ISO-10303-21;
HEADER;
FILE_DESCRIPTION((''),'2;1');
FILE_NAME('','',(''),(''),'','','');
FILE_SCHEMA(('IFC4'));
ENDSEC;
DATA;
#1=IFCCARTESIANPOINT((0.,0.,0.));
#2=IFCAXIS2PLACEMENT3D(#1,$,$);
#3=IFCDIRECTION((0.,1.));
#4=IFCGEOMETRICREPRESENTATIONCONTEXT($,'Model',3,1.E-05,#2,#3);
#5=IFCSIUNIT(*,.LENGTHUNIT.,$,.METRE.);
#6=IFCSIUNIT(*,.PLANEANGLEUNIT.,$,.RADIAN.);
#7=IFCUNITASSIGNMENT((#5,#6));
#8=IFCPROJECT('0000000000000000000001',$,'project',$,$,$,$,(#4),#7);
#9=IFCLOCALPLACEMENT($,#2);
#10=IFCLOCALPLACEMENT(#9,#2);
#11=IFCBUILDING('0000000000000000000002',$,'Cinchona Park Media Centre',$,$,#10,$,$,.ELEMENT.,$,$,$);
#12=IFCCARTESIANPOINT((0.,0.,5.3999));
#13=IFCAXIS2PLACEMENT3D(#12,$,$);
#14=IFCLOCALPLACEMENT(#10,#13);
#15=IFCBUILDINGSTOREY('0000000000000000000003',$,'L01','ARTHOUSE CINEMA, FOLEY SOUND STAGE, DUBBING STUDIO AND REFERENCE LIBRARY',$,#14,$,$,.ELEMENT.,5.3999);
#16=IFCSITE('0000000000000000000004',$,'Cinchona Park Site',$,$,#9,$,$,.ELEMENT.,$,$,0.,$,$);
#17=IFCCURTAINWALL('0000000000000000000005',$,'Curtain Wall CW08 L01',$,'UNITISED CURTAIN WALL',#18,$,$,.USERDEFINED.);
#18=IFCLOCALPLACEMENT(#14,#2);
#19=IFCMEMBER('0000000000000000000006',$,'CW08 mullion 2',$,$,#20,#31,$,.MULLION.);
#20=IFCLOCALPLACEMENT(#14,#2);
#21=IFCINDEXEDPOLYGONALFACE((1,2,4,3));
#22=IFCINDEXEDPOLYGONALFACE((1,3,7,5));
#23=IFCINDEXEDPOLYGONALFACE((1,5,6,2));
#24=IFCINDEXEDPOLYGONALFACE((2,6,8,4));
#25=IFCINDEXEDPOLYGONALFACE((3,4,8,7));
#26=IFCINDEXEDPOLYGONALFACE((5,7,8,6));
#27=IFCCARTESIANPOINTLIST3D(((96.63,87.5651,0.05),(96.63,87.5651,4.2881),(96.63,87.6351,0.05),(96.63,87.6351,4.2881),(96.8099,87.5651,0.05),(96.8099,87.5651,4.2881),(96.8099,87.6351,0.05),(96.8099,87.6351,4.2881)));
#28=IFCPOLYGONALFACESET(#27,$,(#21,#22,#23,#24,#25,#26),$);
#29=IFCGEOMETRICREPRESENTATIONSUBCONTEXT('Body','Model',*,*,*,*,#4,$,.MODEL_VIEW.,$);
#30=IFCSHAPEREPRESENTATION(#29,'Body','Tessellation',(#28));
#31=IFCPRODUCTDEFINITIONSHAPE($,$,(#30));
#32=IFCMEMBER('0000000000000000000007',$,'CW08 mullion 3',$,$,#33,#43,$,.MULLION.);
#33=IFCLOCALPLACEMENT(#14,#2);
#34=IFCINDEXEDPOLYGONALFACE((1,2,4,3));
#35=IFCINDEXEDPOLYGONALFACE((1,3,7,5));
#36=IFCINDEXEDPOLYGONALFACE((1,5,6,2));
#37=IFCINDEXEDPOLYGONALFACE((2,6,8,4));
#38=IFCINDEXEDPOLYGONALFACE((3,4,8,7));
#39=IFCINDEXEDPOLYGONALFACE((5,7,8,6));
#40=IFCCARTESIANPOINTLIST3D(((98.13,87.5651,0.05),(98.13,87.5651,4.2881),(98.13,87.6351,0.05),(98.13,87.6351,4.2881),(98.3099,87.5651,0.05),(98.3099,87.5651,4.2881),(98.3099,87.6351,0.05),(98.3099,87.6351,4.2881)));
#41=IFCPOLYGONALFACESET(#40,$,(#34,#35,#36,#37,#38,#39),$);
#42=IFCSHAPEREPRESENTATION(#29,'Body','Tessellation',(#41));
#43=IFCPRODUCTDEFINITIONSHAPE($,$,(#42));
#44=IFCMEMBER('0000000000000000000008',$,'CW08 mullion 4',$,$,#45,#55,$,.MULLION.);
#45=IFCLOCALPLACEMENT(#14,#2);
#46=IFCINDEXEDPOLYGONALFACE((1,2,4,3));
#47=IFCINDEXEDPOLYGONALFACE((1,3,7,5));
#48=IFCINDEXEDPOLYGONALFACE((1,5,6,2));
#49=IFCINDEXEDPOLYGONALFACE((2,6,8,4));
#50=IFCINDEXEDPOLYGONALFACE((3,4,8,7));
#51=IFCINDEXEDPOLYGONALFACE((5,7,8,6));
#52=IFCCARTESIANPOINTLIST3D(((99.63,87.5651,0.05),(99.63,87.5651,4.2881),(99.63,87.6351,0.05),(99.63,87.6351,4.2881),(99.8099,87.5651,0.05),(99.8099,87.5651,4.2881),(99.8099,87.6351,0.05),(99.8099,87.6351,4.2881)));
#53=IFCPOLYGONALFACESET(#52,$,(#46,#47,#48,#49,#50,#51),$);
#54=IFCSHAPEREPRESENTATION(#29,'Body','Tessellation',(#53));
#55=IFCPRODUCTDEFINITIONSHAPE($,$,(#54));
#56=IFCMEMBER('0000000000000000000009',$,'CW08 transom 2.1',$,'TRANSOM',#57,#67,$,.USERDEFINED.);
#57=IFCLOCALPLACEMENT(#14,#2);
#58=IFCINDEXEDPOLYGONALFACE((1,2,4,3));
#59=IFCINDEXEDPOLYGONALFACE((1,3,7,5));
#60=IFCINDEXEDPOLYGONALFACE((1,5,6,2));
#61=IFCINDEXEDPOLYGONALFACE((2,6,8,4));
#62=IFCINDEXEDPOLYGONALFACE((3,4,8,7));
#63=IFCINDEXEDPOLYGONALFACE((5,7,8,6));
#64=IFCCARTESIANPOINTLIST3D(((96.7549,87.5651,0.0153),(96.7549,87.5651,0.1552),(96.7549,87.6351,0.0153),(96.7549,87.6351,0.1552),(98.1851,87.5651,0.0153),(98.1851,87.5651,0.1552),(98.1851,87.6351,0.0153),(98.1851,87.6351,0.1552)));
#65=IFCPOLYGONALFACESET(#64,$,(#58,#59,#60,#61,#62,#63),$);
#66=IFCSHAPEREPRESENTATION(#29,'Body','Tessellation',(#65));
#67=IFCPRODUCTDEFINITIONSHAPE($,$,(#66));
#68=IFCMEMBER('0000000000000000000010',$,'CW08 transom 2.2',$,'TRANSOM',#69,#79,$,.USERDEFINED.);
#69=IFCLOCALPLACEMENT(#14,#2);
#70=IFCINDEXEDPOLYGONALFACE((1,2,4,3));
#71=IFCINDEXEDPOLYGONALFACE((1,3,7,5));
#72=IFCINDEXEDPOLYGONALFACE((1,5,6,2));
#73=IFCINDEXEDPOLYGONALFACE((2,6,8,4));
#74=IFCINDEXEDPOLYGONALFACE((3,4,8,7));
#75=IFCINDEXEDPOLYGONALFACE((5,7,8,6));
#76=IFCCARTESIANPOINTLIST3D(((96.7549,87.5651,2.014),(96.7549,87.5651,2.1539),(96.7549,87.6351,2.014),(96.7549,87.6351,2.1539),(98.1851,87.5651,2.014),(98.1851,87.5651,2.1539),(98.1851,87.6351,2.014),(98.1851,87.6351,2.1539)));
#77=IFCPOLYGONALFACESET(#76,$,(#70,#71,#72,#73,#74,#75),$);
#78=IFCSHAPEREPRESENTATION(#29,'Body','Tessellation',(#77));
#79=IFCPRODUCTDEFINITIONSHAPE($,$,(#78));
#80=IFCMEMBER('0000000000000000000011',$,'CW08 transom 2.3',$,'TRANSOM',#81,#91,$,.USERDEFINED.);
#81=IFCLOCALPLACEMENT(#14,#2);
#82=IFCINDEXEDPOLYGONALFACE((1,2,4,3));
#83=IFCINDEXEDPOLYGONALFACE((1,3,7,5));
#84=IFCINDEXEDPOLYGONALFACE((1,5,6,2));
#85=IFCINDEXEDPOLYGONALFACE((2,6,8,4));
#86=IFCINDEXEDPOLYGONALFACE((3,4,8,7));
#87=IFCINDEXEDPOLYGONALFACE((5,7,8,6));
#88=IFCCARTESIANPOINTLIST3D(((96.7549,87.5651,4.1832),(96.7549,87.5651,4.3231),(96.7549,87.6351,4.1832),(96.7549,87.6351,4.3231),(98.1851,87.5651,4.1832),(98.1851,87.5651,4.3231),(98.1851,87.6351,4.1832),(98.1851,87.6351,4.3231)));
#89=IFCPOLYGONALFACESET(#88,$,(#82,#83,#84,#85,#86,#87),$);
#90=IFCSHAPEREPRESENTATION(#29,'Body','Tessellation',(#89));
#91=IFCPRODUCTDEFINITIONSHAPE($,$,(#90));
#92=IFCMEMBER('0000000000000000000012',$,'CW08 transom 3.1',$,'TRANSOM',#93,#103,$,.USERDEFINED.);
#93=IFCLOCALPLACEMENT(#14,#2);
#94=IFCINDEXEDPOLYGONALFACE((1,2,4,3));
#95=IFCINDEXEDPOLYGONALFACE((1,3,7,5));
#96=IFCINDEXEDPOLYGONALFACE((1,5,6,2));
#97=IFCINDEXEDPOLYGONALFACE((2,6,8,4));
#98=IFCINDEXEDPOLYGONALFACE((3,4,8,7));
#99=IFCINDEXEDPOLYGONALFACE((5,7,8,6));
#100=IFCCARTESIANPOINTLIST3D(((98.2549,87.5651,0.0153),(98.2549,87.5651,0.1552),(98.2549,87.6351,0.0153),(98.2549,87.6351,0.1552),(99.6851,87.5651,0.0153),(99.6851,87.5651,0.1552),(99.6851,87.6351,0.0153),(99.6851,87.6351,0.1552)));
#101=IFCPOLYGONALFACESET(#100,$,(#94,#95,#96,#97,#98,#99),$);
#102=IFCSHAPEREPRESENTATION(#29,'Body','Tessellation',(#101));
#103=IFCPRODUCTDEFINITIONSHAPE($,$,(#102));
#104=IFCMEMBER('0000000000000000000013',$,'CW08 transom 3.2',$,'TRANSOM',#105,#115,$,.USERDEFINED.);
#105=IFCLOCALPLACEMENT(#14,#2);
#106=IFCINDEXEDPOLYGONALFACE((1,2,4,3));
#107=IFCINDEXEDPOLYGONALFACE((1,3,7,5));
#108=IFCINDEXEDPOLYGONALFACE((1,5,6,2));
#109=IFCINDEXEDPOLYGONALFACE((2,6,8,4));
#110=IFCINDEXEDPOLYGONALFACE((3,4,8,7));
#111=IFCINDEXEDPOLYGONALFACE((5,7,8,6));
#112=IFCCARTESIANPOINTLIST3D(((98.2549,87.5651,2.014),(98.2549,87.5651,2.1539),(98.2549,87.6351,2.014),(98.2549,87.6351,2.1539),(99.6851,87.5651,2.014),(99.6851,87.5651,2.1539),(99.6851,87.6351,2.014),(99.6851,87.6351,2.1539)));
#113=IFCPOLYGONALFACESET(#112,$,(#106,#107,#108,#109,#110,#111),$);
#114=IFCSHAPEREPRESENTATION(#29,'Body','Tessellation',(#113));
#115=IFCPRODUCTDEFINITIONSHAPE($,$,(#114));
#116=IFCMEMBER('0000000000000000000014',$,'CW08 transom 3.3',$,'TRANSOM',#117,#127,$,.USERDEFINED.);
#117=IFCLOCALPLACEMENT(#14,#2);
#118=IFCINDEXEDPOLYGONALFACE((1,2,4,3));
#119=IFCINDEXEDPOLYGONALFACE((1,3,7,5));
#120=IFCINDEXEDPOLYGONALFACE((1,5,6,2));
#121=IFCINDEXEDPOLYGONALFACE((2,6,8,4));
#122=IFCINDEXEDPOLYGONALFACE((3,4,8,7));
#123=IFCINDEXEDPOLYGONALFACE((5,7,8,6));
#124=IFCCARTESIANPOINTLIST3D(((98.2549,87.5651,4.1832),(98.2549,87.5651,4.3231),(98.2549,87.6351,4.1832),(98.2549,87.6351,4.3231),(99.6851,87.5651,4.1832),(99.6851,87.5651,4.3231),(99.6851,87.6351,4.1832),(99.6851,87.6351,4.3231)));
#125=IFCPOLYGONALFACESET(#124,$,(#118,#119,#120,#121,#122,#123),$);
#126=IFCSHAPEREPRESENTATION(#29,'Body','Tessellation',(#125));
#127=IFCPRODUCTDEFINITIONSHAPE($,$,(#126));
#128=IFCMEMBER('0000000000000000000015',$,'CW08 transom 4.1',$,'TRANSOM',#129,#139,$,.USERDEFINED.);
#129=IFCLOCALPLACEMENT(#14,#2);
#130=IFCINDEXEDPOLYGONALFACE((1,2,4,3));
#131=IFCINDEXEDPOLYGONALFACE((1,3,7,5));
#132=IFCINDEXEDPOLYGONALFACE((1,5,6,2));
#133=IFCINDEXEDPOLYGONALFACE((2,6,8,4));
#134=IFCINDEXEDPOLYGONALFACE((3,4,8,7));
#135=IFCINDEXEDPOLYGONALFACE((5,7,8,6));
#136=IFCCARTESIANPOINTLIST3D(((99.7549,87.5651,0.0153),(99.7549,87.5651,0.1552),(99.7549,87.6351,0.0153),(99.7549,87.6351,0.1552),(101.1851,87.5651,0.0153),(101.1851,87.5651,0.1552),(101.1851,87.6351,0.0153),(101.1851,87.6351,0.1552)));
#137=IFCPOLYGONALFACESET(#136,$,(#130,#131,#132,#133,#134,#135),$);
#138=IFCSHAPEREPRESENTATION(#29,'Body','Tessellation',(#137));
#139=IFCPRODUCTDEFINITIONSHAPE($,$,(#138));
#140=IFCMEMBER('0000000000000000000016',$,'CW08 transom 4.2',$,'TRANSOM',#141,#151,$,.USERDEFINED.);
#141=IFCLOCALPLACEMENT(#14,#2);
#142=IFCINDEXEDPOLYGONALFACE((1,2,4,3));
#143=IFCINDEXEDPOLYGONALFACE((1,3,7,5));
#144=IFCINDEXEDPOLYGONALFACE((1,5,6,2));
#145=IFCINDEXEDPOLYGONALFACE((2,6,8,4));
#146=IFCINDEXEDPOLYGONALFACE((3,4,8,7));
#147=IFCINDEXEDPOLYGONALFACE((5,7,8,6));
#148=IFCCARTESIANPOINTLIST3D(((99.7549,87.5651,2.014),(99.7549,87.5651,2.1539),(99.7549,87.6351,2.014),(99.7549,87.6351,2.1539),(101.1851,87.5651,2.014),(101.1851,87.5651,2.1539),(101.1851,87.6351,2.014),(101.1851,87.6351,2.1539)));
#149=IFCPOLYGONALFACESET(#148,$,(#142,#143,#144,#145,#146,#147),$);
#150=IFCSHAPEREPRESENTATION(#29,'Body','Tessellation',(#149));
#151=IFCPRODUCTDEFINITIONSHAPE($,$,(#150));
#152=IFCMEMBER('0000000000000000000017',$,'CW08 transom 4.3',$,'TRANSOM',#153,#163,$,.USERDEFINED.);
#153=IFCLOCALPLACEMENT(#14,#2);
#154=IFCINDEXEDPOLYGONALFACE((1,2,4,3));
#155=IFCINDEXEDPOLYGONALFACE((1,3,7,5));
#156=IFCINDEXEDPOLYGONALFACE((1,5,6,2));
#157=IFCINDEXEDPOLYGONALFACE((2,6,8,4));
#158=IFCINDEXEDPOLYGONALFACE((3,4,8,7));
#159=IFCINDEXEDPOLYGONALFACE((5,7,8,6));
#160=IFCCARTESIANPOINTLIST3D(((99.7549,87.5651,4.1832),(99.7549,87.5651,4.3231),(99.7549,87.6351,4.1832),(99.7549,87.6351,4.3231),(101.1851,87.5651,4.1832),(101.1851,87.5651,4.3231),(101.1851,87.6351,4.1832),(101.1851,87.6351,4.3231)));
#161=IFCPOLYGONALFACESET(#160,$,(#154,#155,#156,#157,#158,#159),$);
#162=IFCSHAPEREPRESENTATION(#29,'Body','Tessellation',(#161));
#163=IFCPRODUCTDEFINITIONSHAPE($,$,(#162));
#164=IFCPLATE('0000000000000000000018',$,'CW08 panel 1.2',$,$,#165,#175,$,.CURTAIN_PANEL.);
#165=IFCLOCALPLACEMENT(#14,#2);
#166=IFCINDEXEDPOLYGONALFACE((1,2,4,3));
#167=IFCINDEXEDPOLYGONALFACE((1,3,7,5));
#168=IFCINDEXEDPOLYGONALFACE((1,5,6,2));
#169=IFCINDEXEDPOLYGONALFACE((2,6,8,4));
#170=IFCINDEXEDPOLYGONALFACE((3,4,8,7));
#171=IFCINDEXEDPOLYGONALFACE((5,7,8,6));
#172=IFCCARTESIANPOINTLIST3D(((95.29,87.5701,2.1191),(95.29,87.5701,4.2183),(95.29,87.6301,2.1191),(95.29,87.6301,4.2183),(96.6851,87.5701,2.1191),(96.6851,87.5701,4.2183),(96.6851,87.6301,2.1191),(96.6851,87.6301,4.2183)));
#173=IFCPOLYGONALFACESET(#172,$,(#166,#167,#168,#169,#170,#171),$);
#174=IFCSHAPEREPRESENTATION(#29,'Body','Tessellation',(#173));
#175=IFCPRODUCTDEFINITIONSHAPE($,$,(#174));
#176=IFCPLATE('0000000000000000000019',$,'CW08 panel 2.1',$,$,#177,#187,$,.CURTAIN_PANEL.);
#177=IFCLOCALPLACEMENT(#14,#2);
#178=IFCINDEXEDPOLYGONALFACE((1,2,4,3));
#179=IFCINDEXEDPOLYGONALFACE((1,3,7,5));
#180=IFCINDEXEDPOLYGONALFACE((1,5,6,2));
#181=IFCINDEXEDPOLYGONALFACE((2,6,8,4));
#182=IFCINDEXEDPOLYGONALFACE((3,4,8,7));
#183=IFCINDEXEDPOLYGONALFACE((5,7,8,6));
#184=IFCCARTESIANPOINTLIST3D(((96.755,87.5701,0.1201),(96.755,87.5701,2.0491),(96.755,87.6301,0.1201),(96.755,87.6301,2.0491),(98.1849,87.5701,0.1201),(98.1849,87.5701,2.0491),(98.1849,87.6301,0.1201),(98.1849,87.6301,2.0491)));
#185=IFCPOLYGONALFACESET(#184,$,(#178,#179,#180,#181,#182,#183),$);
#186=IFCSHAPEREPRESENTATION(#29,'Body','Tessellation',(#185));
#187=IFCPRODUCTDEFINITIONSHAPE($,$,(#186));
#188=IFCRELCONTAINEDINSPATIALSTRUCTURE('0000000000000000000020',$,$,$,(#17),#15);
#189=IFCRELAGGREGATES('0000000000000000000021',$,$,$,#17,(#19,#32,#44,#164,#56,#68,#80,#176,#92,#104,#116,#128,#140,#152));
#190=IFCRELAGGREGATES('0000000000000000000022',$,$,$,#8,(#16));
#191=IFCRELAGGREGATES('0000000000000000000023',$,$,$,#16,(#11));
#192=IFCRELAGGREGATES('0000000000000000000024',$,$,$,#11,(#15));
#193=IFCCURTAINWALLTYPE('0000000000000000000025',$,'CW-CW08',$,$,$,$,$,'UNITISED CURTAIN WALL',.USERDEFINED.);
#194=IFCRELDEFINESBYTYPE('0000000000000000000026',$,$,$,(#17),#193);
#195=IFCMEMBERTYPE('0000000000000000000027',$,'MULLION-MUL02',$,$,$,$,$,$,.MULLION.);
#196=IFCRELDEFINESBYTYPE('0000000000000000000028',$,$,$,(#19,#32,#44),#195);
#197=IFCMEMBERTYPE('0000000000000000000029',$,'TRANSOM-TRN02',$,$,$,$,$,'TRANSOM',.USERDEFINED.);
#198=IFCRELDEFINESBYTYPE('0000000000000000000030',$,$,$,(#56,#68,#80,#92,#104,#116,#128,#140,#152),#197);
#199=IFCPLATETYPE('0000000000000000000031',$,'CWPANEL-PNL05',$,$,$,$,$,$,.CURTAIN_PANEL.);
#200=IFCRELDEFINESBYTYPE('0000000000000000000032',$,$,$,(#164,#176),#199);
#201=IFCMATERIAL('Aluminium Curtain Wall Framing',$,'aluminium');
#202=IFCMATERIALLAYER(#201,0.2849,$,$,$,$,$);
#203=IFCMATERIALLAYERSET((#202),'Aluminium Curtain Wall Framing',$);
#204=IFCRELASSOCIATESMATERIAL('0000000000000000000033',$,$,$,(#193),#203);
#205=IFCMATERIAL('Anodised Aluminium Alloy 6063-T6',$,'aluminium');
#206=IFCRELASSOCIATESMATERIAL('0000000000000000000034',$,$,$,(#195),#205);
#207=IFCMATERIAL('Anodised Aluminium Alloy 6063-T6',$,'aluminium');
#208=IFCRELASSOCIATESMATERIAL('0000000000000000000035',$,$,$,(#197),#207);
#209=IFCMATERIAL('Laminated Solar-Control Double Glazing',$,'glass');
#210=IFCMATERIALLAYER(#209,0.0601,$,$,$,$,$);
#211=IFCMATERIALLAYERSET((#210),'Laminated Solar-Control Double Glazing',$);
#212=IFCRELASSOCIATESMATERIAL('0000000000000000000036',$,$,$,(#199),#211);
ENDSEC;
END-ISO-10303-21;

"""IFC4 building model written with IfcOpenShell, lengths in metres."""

from ifc_helpers import new_model, si_unit, direction, frame, origin, origin_2d, place, context, subcontext, project, spatial, rectangle, extrude, material, layer, layer_set, material_profile, profile_set, type_object, element, aggregate, save


model = new_model("IFC4")

# Units and contexts
model_context = context("Model", 3, precision=1e-05, world=origin(), true_north=direction((0.0, 1.0)))
body_context = subcontext(model_context, "Body", "Model", "MODEL_VIEW")
ifc_project = project(units=[si_unit("LENGTHUNIT", "METRE"), si_unit("PLANEANGLEUNIT", "RADIAN")], contexts=[model_context])

# Site, building, storey
site_placement = place(None, origin())
site = spatial("IfcSite", under=ifc_project, at=site_placement, Name="Cinchona Park Site", CompositionType="ELEMENT", RefElevation=0.0)
building_placement = place(site_placement, origin())
building = spatial("IfcBuilding", under=site, at=building_placement, Name="Cinchona Park Media Centre", CompositionType="ELEMENT")
storey_placement = place(building_placement, frame((0.0, 0.0, 5.3999)))
storey = spatial("IfcBuildingStorey", under=building, at=storey_placement, Name="L01", Description="ARTHOUSE CINEMA, FOLEY SOUND STAGE, DUBBING STUDIO AND REFERENCE LIBRARY", CompositionType="ELEMENT", Elevation=5.3999)

# Curtain wall, members, plates
ifc_material_1 = material(Name="Aluminium Curtain Wall Framing", Category="aluminium")
ifc_layer_1 = layer(ifc_material_1, 0.2849)
ifc_layer_set_1 = layer_set([ifc_layer_1], Name="Aluminium Curtain Wall Framing")
curtain_wall_type = type_object("IfcCurtainWallType", Name="CW-CW08", ElementType="UNITISED CURTAIN WALL", PredefinedType="USERDEFINED", material=ifc_layer_set_1)
curtain_wall_placement = place(storey_placement, origin())
curtain_wall = element("IfcCurtainWall", 1, at=curtain_wall_placement, inside=storey, type_object=curtain_wall_type, Name="Curtain Wall CW08 L01", ObjectType="UNITISED CURTAIN WALL", PredefinedType="USERDEFINED")
ifc_material_2 = material(Name="Anodised Aluminium Alloy 6063-T6", Category="aluminium")
ifc_material_profile_1 = material_profile(ifc_material_2, rectangle(XDim=0.0701, YDim=0.1799, at=origin_2d()), Name="MUL-70X180")
ifc_profile_set_1 = profile_set([ifc_material_profile_1], Name="Anodised Aluminium Alloy 6063-T6")
member_type_1 = type_object("IfcMemberType", Name="MULLION-MUL02", PredefinedType="MULLION", material=ifc_profile_set_1)
member_1_placement = place(storey_placement, frame((96.72, 87.6001, 0.05), z_axis=(0.0, 0.0, 1.0), x_axis=(0.0, 1.0, 0.0)))
member_1 = element("IfcMember", 2, at=member_1_placement, type_object=member_type_1, Name="CW08 mullion 2", PredefinedType="MULLION", context=body_context, shape_type="SweptSolid", body=[
    extrude(rectangle(XDim=0.0701, YDim=0.1799, at=origin_2d()), origin(), (0.0, 0.0, 1.0), 4.238),
])
member_2_placement = place(storey_placement, frame((98.22, 87.6001, 0.05), z_axis=(0.0, 0.0, 1.0), x_axis=(0.0, 1.0, 0.0)))
member_2 = element("IfcMember", 3, at=member_2_placement, type_object=member_type_1, Name="CW08 mullion 3", PredefinedType="MULLION", context=body_context, shape_type="SweptSolid", body=[
    extrude(rectangle(XDim=0.0701, YDim=0.1799, at=origin_2d()), origin(), (0.0, 0.0, 1.0), 4.238),
])
member_3_placement = place(storey_placement, frame((99.72, 87.6001, 0.05), z_axis=(0.0, 0.0, 1.0), x_axis=(0.0, 1.0, 0.0)))
member_3 = element("IfcMember", 4, at=member_3_placement, type_object=member_type_1, Name="CW08 mullion 4", PredefinedType="MULLION", context=body_context, shape_type="SweptSolid", body=[
    extrude(rectangle(XDim=0.0701, YDim=0.1799, at=origin_2d()), origin(), (0.0, 0.0, 1.0), 4.238),
])
ifc_material_3 = material(Name="Anodised Aluminium Alloy 6063-T6", Category="aluminium")
ifc_material_profile_2 = material_profile(ifc_material_3, rectangle(XDim=0.0701, YDim=0.1399, at=origin_2d()), Name="TRN-70X140")
ifc_profile_set_2 = profile_set([ifc_material_profile_2], Name="Anodised Aluminium Alloy 6063-T6")
member_type_2 = type_object("IfcMemberType", Name="TRANSOM-TRN02", ElementType="TRANSOM", PredefinedType="USERDEFINED", material=ifc_profile_set_2)
member_4_placement = place(storey_placement, frame((96.7549, 87.6001, 0.0852), z_axis=(1.0, 0.0, 0.0), x_axis=(0.0, 1.0, 0.0)))
member_4 = element("IfcMember", 5, at=member_4_placement, type_object=member_type_2, Name="CW08 transom 2.1", ObjectType="TRANSOM", PredefinedType="USERDEFINED", context=body_context, shape_type="SweptSolid", body=[
    extrude(rectangle(XDim=0.0701, YDim=0.1399, at=origin_2d()), origin(), (0.0, 0.0, 1.0), 1.4302),
])
member_5_placement = place(storey_placement, frame((96.7549, 87.6001, 2.084), z_axis=(1.0, 0.0, 0.0), x_axis=(0.0, 1.0, 0.0)))
member_5 = element("IfcMember", 6, at=member_5_placement, type_object=member_type_2, Name="CW08 transom 2.2", ObjectType="TRANSOM", PredefinedType="USERDEFINED", context=body_context, shape_type="SweptSolid", body=[
    extrude(rectangle(XDim=0.0701, YDim=0.1399, at=origin_2d()), origin(), (0.0, 0.0, 1.0), 1.4302),
])
member_6_placement = place(storey_placement, frame((96.7549, 87.6001, 4.2532), z_axis=(1.0, 0.0, 0.0), x_axis=(0.0, 1.0, 0.0)))
member_6 = element("IfcMember", 7, at=member_6_placement, type_object=member_type_2, Name="CW08 transom 2.3", ObjectType="TRANSOM", PredefinedType="USERDEFINED", context=body_context, shape_type="SweptSolid", body=[
    extrude(rectangle(XDim=0.0701, YDim=0.1399, at=origin_2d()), origin(), (0.0, 0.0, 1.0), 1.4302),
])
member_7_placement = place(storey_placement, frame((98.2549, 87.6001, 0.0852), z_axis=(1.0, 0.0, 0.0), x_axis=(0.0, 1.0, 0.0)))
member_7 = element("IfcMember", 8, at=member_7_placement, type_object=member_type_2, Name="CW08 transom 3.1", ObjectType="TRANSOM", PredefinedType="USERDEFINED", context=body_context, shape_type="SweptSolid", body=[
    extrude(rectangle(XDim=0.0701, YDim=0.1399, at=origin_2d()), origin(), (0.0, 0.0, 1.0), 1.4302),
])
member_8_placement = place(storey_placement, frame((98.2549, 87.6001, 2.084), z_axis=(1.0, 0.0, 0.0), x_axis=(0.0, 1.0, 0.0)))
member_8 = element("IfcMember", 9, at=member_8_placement, type_object=member_type_2, Name="CW08 transom 3.2", ObjectType="TRANSOM", PredefinedType="USERDEFINED", context=body_context, shape_type="SweptSolid", body=[
    extrude(rectangle(XDim=0.0701, YDim=0.1399, at=origin_2d()), origin(), (0.0, 0.0, 1.0), 1.4302),
])
member_9_placement = place(storey_placement, frame((98.2549, 87.6001, 4.2532), z_axis=(1.0, 0.0, 0.0), x_axis=(0.0, 1.0, 0.0)))
member_9 = element("IfcMember", 10, at=member_9_placement, type_object=member_type_2, Name="CW08 transom 3.3", ObjectType="TRANSOM", PredefinedType="USERDEFINED", context=body_context, shape_type="SweptSolid", body=[
    extrude(rectangle(XDim=0.0701, YDim=0.1399, at=origin_2d()), origin(), (0.0, 0.0, 1.0), 1.4302),
])
member_10_placement = place(storey_placement, frame((99.7549, 87.6001, 0.0852), z_axis=(1.0, 0.0, 0.0), x_axis=(0.0, 1.0, 0.0)))
member_10 = element("IfcMember", 11, at=member_10_placement, type_object=member_type_2, Name="CW08 transom 4.1", ObjectType="TRANSOM", PredefinedType="USERDEFINED", context=body_context, shape_type="SweptSolid", body=[
    extrude(rectangle(XDim=0.0701, YDim=0.1399, at=origin_2d()), origin(), (0.0, 0.0, 1.0), 1.4302),
])
member_11_placement = place(storey_placement, frame((99.7549, 87.6001, 2.084), z_axis=(1.0, 0.0, 0.0), x_axis=(0.0, 1.0, 0.0)))
member_11 = element("IfcMember", 12, at=member_11_placement, type_object=member_type_2, Name="CW08 transom 4.2", ObjectType="TRANSOM", PredefinedType="USERDEFINED", context=body_context, shape_type="SweptSolid", body=[
    extrude(rectangle(XDim=0.0701, YDim=0.1399, at=origin_2d()), origin(), (0.0, 0.0, 1.0), 1.4302),
])
member_12_placement = place(storey_placement, frame((99.7549, 87.6001, 4.2532), z_axis=(1.0, 0.0, 0.0), x_axis=(0.0, 1.0, 0.0)))
member_12 = element("IfcMember", 13, at=member_12_placement, type_object=member_type_2, Name="CW08 transom 4.3", ObjectType="TRANSOM", PredefinedType="USERDEFINED", context=body_context, shape_type="SweptSolid", body=[
    extrude(rectangle(XDim=0.0701, YDim=0.1399, at=origin_2d()), origin(), (0.0, 0.0, 1.0), 1.4302),
])
ifc_material_4 = material(Name="Laminated Solar-Control Double Glazing", Category="glass")
ifc_layer_2 = layer(ifc_material_4, 0.0601)
ifc_layer_set_2 = layer_set([ifc_layer_2], Name="Laminated Solar-Control Double Glazing")
plate_type = type_object("IfcPlateType", Name="CWPANEL-PNL05", PredefinedType="CURTAIN_PANEL", material=ifc_layer_set_2)
plate_1_placement = place(storey_placement, frame((95.9875, 87.6001, 2.1191), z_axis=(0.0, 0.0, 1.0), x_axis=(1.0, 0.0, 0.0)))
plate_1 = element("IfcPlate", 14, at=plate_1_placement, type_object=plate_type, Name="CW08 panel 1.2", PredefinedType="CURTAIN_PANEL", context=body_context, shape_type="SweptSolid", body=[
    extrude(rectangle(XDim=1.395, YDim=0.0601, at=origin_2d()), origin(), (0.0, 0.0, 1.0), 2.0991),
])
plate_2_placement = place(storey_placement, frame((97.47, 87.6001, 0.1201), z_axis=(0.0, 0.0, 1.0), x_axis=(1.0, 0.0, 0.0)))
plate_2 = element("IfcPlate", 15, at=plate_2_placement, type_object=plate_type, Name="CW08 panel 2.1", PredefinedType="CURTAIN_PANEL", context=body_context, shape_type="SweptSolid", body=[
    extrude(rectangle(XDim=1.4299, YDim=0.0601, at=origin_2d()), origin(), (0.0, 0.0, 1.0), 1.929),
])
aggregate(curtain_wall, [member_1, member_2, member_3, plate_1, member_4, member_5, member_6, plate_2, member_7, member_8, member_9, member_10, member_11, member_12])

save(model, "model.ifc")
